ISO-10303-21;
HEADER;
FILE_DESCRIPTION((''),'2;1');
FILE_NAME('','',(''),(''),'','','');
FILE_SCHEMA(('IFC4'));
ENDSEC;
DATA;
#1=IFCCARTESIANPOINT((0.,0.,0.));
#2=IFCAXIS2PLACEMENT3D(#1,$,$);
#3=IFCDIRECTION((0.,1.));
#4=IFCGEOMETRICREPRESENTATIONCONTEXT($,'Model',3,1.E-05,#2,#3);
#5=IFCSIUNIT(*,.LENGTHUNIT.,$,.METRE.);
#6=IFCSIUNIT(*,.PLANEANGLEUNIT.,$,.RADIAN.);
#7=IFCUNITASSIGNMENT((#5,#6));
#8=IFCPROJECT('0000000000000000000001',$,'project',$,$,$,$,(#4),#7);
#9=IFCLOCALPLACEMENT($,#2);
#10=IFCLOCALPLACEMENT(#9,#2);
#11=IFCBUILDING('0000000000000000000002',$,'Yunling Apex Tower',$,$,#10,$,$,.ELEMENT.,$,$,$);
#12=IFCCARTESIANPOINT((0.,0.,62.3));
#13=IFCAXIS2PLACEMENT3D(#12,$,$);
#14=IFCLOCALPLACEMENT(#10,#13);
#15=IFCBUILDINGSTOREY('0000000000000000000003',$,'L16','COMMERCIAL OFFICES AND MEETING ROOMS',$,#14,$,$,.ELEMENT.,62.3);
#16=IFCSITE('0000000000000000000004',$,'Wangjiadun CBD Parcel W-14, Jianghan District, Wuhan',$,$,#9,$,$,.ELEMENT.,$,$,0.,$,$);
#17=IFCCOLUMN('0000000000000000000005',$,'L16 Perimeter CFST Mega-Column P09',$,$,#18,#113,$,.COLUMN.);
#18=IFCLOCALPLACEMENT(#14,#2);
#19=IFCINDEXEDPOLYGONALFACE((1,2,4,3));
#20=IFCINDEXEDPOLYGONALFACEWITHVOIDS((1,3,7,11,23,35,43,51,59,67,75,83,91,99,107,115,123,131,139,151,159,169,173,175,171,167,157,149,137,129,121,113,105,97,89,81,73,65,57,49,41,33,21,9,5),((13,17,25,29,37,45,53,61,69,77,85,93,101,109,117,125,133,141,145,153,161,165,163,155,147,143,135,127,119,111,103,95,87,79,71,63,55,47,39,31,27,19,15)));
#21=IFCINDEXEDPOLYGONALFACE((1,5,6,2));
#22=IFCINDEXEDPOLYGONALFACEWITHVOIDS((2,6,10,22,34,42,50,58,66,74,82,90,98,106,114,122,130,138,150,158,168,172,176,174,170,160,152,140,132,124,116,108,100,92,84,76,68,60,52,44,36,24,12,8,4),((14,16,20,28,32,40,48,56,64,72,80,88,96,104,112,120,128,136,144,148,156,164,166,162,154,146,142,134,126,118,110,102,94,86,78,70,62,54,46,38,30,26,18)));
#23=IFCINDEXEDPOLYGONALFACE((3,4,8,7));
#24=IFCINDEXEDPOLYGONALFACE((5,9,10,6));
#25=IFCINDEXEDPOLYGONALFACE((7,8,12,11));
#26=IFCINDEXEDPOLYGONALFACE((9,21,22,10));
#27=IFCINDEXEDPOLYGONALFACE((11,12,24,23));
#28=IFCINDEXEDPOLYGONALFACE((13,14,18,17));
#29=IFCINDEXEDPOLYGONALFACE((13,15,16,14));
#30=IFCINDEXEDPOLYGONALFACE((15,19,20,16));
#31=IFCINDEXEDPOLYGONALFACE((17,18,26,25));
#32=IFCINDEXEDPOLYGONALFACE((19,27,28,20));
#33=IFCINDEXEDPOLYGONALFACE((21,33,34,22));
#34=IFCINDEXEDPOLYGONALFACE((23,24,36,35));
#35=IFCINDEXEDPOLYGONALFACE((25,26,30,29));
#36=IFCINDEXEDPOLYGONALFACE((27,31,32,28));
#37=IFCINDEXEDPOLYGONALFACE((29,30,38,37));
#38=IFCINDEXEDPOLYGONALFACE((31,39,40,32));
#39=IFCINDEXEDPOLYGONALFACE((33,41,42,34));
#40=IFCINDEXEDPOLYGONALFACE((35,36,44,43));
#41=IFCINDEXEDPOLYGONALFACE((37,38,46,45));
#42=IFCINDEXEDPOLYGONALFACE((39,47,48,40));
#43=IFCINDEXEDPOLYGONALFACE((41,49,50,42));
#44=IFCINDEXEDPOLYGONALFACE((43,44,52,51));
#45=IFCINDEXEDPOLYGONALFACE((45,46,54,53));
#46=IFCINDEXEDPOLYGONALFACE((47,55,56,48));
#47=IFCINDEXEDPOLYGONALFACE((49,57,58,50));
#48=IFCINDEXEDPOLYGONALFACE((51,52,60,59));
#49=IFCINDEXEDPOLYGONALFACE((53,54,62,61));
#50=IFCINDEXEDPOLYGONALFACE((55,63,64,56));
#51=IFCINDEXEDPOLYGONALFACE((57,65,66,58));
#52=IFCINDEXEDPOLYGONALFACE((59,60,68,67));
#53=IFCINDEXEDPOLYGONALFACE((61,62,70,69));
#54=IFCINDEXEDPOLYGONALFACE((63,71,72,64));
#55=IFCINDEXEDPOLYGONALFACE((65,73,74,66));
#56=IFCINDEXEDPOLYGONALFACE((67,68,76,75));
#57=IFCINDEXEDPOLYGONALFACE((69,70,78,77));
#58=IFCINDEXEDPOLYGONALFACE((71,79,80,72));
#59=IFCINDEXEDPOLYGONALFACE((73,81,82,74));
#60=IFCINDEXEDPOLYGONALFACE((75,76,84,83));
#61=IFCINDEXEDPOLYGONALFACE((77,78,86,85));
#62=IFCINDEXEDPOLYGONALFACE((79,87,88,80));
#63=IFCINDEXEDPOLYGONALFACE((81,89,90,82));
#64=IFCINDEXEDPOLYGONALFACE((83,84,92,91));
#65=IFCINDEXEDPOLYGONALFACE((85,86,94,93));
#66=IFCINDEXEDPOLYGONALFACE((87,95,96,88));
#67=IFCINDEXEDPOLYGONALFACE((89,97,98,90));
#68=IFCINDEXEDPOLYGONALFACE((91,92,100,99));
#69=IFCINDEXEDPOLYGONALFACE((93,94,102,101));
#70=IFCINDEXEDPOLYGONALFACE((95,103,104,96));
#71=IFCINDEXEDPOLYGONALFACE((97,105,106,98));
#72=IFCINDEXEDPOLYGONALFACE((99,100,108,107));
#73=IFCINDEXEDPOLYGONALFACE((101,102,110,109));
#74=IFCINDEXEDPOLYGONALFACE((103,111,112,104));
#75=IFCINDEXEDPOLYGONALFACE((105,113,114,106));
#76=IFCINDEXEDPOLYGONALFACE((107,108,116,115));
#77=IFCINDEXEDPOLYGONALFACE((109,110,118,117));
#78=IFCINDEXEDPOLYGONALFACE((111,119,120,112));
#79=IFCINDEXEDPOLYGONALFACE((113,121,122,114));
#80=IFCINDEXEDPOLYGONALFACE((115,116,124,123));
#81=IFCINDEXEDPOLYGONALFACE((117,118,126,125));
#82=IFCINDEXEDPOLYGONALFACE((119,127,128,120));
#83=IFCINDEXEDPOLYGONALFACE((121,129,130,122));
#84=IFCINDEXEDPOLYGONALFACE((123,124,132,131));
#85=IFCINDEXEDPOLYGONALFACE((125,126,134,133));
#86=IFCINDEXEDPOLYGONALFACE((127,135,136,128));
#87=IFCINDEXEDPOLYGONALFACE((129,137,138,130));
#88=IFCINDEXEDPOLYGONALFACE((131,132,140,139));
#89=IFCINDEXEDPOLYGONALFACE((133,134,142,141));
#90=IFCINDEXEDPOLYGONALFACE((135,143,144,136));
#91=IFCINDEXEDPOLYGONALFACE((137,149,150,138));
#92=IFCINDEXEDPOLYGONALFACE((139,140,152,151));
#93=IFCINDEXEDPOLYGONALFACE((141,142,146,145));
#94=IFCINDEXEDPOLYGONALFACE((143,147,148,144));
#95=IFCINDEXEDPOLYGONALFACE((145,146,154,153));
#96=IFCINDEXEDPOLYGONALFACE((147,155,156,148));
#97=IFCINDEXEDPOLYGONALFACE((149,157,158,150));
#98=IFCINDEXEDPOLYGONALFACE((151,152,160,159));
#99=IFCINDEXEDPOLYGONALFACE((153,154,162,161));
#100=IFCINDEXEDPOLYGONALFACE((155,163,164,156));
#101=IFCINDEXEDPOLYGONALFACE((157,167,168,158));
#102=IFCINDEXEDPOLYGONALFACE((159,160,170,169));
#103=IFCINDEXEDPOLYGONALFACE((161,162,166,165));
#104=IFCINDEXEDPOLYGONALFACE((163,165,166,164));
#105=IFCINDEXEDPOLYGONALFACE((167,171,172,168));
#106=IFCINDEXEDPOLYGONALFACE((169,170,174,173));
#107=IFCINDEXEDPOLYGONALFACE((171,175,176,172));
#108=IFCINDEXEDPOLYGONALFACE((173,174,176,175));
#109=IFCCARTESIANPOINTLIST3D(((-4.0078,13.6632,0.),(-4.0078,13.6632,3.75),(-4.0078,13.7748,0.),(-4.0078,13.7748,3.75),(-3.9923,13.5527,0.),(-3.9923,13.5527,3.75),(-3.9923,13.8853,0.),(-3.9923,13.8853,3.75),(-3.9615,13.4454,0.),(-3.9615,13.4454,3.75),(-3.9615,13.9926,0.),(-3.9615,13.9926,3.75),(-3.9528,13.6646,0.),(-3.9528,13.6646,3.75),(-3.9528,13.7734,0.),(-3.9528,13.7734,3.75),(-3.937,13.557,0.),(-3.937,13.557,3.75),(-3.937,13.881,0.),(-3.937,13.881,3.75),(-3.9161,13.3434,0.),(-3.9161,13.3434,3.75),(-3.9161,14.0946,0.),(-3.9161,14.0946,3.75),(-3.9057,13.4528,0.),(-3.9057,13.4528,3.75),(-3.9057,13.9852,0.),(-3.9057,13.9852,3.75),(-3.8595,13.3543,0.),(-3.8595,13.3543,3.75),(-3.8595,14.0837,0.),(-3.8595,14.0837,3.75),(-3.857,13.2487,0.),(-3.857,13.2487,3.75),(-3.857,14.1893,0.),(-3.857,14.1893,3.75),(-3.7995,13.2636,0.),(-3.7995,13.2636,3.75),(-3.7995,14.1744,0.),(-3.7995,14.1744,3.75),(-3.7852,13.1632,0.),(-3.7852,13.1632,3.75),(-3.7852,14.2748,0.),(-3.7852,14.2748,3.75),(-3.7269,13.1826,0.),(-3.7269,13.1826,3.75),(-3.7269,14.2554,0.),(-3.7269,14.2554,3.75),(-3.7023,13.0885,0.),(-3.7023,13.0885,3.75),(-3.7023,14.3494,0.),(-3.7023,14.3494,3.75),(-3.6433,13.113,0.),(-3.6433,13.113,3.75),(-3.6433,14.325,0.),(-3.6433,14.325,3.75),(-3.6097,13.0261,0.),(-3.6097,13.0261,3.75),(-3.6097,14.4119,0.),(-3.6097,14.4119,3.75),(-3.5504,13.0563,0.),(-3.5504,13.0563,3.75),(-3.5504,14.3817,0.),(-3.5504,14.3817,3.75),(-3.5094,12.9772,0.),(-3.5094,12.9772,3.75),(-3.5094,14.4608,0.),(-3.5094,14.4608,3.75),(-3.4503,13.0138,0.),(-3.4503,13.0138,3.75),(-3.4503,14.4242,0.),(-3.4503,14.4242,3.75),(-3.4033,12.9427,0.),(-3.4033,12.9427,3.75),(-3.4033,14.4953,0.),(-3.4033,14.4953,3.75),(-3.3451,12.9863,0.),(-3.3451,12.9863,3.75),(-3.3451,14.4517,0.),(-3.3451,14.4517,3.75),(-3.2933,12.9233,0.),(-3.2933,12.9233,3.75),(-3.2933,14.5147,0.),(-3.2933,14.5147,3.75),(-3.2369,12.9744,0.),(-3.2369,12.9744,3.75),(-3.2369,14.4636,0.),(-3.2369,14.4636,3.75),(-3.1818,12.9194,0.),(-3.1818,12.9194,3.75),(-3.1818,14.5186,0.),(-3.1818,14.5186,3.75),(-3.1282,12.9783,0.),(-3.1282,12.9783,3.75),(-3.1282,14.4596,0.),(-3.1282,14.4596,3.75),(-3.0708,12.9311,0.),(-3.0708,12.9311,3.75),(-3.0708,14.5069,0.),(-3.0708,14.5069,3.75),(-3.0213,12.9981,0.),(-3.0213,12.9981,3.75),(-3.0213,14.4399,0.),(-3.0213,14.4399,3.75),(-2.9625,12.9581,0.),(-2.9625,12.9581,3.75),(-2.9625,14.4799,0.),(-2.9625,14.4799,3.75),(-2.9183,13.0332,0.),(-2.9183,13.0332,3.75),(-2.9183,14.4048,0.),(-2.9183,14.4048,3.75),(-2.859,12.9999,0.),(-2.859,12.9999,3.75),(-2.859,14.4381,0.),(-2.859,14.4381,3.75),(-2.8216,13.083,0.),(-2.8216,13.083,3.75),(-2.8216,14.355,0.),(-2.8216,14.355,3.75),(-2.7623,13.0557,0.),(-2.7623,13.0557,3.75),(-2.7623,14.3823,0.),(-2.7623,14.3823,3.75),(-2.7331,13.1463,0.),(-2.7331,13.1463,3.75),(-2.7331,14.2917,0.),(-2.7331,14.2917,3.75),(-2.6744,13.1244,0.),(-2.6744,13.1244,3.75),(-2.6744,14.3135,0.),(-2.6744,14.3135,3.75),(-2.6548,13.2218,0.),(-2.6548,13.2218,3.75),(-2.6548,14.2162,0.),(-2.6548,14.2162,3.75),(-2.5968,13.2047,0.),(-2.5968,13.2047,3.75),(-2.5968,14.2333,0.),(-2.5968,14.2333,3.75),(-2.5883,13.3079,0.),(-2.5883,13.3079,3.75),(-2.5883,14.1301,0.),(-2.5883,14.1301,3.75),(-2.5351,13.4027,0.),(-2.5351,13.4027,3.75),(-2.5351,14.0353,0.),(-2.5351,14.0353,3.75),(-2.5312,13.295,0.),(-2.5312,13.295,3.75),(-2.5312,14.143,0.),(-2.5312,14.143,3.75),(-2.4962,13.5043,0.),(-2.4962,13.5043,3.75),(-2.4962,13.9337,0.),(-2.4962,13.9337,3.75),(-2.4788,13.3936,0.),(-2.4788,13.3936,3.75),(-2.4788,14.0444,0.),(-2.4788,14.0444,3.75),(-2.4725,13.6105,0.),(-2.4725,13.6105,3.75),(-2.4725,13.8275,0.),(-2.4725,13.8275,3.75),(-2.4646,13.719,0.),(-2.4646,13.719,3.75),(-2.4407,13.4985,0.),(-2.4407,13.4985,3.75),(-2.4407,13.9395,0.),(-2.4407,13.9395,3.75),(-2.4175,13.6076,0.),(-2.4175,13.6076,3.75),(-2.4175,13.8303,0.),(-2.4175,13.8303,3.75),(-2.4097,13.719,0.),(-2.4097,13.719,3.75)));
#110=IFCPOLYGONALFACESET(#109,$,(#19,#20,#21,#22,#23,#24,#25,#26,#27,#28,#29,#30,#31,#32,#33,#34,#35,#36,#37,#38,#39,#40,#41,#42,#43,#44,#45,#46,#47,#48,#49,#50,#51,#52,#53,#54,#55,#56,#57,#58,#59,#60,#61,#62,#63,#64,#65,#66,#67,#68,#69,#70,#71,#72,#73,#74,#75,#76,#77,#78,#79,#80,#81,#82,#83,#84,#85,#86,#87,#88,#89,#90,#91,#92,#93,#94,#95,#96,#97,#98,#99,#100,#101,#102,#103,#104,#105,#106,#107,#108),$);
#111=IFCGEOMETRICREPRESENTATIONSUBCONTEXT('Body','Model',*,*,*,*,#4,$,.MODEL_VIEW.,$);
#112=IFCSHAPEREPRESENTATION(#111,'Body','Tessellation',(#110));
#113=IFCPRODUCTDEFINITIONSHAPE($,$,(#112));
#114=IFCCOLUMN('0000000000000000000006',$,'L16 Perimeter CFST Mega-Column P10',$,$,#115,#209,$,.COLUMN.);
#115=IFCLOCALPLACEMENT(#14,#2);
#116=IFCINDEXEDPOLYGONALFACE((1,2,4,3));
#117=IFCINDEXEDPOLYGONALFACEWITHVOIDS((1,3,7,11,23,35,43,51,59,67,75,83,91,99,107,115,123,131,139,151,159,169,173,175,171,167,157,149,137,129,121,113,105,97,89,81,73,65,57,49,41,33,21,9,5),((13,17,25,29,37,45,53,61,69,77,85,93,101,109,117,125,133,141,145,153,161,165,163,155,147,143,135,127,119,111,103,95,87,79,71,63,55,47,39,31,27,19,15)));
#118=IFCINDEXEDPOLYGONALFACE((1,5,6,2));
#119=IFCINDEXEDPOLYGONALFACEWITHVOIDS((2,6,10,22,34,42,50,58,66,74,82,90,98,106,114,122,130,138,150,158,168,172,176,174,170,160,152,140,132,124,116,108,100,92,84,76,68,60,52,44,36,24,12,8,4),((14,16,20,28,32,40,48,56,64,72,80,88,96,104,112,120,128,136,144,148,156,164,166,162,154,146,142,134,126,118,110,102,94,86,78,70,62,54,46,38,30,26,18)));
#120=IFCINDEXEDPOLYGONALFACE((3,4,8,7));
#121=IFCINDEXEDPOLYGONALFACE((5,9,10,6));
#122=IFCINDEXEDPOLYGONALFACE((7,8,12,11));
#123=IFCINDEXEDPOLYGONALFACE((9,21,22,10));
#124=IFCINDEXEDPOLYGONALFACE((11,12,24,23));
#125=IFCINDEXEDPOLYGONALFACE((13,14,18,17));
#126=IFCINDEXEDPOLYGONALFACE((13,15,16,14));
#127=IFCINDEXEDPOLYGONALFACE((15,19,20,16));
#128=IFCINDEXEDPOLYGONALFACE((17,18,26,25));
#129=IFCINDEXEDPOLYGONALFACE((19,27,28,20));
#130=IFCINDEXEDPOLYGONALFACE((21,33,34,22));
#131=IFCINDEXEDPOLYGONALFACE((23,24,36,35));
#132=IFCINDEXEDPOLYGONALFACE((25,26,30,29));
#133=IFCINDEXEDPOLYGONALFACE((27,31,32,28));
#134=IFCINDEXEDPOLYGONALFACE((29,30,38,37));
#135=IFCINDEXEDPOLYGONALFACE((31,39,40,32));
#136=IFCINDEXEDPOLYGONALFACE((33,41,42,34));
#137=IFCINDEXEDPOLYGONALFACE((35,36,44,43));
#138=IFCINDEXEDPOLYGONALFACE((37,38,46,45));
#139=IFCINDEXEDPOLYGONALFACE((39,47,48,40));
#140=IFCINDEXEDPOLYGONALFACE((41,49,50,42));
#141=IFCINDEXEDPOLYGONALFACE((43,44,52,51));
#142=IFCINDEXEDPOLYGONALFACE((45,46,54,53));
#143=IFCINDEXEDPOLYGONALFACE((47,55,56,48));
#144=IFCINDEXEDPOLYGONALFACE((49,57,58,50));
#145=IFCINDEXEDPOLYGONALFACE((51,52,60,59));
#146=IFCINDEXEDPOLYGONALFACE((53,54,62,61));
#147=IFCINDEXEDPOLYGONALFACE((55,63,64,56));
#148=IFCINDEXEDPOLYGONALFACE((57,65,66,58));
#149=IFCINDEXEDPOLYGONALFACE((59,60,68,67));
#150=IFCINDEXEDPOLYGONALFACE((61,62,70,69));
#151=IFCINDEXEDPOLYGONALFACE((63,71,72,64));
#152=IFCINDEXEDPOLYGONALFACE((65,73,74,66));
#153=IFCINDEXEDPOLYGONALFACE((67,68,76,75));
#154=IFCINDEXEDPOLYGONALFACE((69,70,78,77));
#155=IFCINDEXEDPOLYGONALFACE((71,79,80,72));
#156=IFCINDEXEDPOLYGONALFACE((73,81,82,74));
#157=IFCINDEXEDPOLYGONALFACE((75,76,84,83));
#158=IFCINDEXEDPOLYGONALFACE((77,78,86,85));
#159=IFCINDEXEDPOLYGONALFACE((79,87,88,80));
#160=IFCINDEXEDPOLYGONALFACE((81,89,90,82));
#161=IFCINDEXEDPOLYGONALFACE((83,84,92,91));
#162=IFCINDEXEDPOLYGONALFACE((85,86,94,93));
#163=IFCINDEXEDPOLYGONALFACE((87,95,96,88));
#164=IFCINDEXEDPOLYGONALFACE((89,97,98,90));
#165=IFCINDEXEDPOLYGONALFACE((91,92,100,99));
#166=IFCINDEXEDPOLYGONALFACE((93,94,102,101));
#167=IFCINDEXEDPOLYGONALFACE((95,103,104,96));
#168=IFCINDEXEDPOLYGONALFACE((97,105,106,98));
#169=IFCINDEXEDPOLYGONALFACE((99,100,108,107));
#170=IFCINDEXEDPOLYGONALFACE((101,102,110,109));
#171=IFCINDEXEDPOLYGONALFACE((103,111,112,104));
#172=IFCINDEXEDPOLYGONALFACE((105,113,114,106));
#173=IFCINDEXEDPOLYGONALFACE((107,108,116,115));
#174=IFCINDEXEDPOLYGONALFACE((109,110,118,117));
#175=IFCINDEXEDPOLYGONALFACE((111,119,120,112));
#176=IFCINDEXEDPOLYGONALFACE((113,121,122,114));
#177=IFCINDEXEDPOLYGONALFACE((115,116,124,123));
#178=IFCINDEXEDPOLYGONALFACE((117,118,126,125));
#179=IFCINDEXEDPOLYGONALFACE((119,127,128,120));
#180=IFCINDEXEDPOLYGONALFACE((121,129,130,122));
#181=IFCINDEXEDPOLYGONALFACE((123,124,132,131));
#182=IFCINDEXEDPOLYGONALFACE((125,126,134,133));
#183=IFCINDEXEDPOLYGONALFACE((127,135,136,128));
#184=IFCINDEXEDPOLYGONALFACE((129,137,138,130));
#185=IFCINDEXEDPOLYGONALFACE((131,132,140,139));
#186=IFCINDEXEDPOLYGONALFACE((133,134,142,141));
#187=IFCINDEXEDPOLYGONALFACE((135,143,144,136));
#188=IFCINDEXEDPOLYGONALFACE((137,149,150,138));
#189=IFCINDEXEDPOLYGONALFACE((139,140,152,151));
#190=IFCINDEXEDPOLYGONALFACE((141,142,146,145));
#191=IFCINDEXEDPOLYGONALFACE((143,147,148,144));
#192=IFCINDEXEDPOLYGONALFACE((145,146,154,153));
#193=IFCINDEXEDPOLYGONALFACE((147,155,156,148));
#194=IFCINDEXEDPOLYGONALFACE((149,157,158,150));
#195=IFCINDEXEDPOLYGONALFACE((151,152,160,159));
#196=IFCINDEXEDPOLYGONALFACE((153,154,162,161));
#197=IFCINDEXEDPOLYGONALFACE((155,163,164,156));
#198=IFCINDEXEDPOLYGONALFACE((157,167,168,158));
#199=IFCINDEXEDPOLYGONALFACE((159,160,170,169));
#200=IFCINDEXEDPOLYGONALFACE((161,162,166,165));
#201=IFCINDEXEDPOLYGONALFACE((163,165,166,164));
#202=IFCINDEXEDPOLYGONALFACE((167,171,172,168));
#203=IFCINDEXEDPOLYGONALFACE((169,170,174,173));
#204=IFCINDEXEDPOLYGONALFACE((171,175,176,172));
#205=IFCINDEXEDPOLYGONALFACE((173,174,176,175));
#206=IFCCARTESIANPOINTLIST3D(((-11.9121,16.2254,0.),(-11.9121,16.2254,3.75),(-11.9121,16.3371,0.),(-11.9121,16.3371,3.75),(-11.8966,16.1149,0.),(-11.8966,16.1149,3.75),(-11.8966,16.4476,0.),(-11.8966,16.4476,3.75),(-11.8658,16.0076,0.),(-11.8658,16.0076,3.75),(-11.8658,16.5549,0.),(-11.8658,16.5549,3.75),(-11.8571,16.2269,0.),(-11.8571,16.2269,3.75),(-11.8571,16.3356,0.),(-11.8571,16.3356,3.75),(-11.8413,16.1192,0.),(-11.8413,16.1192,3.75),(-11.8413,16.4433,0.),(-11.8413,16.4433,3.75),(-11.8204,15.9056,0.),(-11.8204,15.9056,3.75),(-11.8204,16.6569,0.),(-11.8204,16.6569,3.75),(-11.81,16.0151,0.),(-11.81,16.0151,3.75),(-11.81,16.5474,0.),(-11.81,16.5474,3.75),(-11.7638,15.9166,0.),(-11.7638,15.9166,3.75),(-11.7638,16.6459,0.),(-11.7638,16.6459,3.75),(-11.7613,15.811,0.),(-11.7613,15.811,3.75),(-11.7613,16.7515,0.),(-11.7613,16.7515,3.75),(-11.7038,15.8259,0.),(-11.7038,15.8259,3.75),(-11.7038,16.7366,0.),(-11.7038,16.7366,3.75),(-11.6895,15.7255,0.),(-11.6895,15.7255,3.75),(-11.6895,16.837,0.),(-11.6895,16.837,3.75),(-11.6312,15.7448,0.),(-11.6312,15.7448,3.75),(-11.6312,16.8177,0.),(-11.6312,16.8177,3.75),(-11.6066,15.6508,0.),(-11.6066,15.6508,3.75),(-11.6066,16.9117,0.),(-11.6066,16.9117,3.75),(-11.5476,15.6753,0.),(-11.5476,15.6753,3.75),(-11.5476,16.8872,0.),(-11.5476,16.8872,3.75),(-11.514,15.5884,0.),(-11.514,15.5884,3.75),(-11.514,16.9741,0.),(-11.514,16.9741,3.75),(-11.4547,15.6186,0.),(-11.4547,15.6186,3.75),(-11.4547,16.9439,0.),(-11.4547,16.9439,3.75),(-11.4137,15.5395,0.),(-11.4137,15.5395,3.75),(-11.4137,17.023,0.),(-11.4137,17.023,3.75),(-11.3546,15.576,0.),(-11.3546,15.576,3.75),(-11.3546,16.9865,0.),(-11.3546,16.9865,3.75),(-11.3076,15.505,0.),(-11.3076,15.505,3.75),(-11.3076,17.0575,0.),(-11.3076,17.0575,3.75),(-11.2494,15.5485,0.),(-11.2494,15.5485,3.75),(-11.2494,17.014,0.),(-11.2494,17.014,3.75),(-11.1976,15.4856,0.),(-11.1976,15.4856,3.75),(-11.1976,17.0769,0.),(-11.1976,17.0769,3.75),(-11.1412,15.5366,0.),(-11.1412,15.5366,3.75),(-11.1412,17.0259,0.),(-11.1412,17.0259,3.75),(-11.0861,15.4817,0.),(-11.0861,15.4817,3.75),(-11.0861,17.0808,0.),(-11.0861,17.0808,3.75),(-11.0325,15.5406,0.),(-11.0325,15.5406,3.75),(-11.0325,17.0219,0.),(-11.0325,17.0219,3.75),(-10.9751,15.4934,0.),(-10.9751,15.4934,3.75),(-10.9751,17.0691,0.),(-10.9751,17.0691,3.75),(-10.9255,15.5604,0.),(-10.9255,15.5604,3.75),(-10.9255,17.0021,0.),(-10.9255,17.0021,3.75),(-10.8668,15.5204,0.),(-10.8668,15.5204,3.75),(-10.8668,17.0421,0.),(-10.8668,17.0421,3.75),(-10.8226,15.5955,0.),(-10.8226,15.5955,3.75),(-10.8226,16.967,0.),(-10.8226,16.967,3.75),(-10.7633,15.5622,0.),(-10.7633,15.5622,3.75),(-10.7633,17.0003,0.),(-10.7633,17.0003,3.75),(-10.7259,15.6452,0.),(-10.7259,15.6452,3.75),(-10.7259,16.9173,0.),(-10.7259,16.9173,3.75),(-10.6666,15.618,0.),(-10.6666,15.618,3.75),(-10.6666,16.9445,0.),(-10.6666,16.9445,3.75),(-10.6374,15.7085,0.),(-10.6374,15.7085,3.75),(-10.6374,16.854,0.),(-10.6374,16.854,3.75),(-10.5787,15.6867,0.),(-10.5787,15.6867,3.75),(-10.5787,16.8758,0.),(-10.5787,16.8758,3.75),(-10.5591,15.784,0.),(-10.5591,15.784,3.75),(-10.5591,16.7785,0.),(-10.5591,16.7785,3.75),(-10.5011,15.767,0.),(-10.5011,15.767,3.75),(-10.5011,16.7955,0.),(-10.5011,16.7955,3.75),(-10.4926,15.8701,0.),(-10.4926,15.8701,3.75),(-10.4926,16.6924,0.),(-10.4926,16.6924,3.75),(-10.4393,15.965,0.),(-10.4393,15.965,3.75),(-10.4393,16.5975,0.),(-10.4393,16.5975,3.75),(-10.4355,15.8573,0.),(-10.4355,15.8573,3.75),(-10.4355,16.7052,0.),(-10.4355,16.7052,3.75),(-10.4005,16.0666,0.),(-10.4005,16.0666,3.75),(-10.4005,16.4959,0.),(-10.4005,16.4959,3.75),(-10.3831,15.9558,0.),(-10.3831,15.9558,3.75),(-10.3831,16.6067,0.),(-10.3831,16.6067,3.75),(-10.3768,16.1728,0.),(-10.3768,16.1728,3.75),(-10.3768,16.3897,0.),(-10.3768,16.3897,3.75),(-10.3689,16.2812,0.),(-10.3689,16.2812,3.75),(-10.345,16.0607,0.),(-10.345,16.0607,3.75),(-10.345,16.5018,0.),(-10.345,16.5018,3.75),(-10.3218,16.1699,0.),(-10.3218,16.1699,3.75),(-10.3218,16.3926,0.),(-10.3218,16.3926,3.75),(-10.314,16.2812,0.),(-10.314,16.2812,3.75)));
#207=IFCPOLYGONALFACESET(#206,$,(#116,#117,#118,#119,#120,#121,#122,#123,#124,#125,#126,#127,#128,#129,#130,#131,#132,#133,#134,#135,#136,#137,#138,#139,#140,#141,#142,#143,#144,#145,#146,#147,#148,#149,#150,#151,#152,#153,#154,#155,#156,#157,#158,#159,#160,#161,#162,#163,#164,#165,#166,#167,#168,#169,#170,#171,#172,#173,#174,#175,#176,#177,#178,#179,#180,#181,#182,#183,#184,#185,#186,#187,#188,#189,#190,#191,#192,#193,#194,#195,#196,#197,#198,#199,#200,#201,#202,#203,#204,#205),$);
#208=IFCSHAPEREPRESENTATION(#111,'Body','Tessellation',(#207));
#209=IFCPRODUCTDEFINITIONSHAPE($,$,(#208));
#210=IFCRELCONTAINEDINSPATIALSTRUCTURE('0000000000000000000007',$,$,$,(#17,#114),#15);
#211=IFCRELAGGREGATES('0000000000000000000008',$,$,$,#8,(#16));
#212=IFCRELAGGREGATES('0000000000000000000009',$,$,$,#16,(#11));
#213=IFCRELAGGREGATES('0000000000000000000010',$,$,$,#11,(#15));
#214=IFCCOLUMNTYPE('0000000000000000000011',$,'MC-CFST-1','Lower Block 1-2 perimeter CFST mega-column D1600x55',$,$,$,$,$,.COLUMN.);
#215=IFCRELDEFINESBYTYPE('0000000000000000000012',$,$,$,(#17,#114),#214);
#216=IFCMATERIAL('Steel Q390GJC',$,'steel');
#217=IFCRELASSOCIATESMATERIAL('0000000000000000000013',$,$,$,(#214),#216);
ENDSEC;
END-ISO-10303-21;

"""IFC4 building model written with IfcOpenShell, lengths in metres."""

from ifc_helpers import new_model, si_unit, direction, frame, origin, origin_2d, place, context, subcontext, project, spatial, hollow_circle, extrude, source, transform, mapped, material, material_profile, profile_set, type_object, element, save


model = new_model("IFC4")

# Units and contexts
model_context = context("Model", 3, precision=1e-05, world=origin(), true_north=direction((0.0, 1.0)))
body_context = subcontext(model_context, "Body", "Model", "MODEL_VIEW")
ifc_project = project(units=[si_unit("LENGTHUNIT", "METRE"), si_unit("PLANEANGLEUNIT", "RADIAN")], contexts=[model_context])

# Site, building, storey
site_placement = place(None, origin())
site = spatial("IfcSite", under=ifc_project, at=site_placement, Name="Wangjiadun CBD Parcel W-14, Jianghan District, Wuhan", CompositionType="ELEMENT", RefElevation=0.0)
building_placement = place(site_placement, origin())
building = spatial("IfcBuilding", under=site, at=building_placement, Name="Yunling Apex Tower", CompositionType="ELEMENT")
storey_placement = place(building_placement, frame((0.0, 0.0, 62.3)))
storey = spatial("IfcBuildingStorey", under=building, at=storey_placement, Name="L16", Description="COMMERCIAL OFFICES AND MEETING ROOMS", CompositionType="ELEMENT", Elevation=62.3)

# Columns
ifc_material_1 = material(Name="Steel Q390GJC", Category="steel")
ifc_material_profile_1 = material_profile(ifc_material_1, hollow_circle(Radius=0.8, WallThickness=0.0549, at=origin_2d()))
ifc_profile_set_1 = profile_set([ifc_material_profile_1], Name="Steel Q390GJC")
column_type = type_object("IfcColumnType", Name="MC-CFST-1", Description="Lower Block 1-2 perimeter CFST mega-column D1600x55", PredefinedType="COLUMN", material=ifc_profile_set_1)
shared_shape_1 = source(origin(), body_context, "Body", "SweptSolid", [
    extrude(hollow_circle(Radius=0.8, WallThickness=0.0549, at=origin_2d()), origin(), (0.0, 0.0, 1.0), 3.75),
])
for number, where, z_axis, x_axis, name in (
    (1, (-3.2097, 13.719, 0.0), (0.0, 0.0, 1.0), (1.0, 0.0, 0.0), "L16 Perimeter CFST Mega-Column P09"),
    (2, (-11.114, 16.2812, 0.0), (0.0, 0.0, 1.0), (1.0, 0.0, 0.0), "L16 Perimeter CFST Mega-Column P10"),
):
    element("IfcColumn", number, at=place(storey_placement, frame(where, z_axis=z_axis, x_axis=x_axis)), inside=storey, type_object=column_type, Name=name, PredefinedType="COLUMN", context=body_context, shape_type="MappedRepresentation", body=[
        mapped(shared_shape_1, transform((0.0, 0.0, 0.0), scale=1.0)),
    ])

save(model, "model.ifc")
